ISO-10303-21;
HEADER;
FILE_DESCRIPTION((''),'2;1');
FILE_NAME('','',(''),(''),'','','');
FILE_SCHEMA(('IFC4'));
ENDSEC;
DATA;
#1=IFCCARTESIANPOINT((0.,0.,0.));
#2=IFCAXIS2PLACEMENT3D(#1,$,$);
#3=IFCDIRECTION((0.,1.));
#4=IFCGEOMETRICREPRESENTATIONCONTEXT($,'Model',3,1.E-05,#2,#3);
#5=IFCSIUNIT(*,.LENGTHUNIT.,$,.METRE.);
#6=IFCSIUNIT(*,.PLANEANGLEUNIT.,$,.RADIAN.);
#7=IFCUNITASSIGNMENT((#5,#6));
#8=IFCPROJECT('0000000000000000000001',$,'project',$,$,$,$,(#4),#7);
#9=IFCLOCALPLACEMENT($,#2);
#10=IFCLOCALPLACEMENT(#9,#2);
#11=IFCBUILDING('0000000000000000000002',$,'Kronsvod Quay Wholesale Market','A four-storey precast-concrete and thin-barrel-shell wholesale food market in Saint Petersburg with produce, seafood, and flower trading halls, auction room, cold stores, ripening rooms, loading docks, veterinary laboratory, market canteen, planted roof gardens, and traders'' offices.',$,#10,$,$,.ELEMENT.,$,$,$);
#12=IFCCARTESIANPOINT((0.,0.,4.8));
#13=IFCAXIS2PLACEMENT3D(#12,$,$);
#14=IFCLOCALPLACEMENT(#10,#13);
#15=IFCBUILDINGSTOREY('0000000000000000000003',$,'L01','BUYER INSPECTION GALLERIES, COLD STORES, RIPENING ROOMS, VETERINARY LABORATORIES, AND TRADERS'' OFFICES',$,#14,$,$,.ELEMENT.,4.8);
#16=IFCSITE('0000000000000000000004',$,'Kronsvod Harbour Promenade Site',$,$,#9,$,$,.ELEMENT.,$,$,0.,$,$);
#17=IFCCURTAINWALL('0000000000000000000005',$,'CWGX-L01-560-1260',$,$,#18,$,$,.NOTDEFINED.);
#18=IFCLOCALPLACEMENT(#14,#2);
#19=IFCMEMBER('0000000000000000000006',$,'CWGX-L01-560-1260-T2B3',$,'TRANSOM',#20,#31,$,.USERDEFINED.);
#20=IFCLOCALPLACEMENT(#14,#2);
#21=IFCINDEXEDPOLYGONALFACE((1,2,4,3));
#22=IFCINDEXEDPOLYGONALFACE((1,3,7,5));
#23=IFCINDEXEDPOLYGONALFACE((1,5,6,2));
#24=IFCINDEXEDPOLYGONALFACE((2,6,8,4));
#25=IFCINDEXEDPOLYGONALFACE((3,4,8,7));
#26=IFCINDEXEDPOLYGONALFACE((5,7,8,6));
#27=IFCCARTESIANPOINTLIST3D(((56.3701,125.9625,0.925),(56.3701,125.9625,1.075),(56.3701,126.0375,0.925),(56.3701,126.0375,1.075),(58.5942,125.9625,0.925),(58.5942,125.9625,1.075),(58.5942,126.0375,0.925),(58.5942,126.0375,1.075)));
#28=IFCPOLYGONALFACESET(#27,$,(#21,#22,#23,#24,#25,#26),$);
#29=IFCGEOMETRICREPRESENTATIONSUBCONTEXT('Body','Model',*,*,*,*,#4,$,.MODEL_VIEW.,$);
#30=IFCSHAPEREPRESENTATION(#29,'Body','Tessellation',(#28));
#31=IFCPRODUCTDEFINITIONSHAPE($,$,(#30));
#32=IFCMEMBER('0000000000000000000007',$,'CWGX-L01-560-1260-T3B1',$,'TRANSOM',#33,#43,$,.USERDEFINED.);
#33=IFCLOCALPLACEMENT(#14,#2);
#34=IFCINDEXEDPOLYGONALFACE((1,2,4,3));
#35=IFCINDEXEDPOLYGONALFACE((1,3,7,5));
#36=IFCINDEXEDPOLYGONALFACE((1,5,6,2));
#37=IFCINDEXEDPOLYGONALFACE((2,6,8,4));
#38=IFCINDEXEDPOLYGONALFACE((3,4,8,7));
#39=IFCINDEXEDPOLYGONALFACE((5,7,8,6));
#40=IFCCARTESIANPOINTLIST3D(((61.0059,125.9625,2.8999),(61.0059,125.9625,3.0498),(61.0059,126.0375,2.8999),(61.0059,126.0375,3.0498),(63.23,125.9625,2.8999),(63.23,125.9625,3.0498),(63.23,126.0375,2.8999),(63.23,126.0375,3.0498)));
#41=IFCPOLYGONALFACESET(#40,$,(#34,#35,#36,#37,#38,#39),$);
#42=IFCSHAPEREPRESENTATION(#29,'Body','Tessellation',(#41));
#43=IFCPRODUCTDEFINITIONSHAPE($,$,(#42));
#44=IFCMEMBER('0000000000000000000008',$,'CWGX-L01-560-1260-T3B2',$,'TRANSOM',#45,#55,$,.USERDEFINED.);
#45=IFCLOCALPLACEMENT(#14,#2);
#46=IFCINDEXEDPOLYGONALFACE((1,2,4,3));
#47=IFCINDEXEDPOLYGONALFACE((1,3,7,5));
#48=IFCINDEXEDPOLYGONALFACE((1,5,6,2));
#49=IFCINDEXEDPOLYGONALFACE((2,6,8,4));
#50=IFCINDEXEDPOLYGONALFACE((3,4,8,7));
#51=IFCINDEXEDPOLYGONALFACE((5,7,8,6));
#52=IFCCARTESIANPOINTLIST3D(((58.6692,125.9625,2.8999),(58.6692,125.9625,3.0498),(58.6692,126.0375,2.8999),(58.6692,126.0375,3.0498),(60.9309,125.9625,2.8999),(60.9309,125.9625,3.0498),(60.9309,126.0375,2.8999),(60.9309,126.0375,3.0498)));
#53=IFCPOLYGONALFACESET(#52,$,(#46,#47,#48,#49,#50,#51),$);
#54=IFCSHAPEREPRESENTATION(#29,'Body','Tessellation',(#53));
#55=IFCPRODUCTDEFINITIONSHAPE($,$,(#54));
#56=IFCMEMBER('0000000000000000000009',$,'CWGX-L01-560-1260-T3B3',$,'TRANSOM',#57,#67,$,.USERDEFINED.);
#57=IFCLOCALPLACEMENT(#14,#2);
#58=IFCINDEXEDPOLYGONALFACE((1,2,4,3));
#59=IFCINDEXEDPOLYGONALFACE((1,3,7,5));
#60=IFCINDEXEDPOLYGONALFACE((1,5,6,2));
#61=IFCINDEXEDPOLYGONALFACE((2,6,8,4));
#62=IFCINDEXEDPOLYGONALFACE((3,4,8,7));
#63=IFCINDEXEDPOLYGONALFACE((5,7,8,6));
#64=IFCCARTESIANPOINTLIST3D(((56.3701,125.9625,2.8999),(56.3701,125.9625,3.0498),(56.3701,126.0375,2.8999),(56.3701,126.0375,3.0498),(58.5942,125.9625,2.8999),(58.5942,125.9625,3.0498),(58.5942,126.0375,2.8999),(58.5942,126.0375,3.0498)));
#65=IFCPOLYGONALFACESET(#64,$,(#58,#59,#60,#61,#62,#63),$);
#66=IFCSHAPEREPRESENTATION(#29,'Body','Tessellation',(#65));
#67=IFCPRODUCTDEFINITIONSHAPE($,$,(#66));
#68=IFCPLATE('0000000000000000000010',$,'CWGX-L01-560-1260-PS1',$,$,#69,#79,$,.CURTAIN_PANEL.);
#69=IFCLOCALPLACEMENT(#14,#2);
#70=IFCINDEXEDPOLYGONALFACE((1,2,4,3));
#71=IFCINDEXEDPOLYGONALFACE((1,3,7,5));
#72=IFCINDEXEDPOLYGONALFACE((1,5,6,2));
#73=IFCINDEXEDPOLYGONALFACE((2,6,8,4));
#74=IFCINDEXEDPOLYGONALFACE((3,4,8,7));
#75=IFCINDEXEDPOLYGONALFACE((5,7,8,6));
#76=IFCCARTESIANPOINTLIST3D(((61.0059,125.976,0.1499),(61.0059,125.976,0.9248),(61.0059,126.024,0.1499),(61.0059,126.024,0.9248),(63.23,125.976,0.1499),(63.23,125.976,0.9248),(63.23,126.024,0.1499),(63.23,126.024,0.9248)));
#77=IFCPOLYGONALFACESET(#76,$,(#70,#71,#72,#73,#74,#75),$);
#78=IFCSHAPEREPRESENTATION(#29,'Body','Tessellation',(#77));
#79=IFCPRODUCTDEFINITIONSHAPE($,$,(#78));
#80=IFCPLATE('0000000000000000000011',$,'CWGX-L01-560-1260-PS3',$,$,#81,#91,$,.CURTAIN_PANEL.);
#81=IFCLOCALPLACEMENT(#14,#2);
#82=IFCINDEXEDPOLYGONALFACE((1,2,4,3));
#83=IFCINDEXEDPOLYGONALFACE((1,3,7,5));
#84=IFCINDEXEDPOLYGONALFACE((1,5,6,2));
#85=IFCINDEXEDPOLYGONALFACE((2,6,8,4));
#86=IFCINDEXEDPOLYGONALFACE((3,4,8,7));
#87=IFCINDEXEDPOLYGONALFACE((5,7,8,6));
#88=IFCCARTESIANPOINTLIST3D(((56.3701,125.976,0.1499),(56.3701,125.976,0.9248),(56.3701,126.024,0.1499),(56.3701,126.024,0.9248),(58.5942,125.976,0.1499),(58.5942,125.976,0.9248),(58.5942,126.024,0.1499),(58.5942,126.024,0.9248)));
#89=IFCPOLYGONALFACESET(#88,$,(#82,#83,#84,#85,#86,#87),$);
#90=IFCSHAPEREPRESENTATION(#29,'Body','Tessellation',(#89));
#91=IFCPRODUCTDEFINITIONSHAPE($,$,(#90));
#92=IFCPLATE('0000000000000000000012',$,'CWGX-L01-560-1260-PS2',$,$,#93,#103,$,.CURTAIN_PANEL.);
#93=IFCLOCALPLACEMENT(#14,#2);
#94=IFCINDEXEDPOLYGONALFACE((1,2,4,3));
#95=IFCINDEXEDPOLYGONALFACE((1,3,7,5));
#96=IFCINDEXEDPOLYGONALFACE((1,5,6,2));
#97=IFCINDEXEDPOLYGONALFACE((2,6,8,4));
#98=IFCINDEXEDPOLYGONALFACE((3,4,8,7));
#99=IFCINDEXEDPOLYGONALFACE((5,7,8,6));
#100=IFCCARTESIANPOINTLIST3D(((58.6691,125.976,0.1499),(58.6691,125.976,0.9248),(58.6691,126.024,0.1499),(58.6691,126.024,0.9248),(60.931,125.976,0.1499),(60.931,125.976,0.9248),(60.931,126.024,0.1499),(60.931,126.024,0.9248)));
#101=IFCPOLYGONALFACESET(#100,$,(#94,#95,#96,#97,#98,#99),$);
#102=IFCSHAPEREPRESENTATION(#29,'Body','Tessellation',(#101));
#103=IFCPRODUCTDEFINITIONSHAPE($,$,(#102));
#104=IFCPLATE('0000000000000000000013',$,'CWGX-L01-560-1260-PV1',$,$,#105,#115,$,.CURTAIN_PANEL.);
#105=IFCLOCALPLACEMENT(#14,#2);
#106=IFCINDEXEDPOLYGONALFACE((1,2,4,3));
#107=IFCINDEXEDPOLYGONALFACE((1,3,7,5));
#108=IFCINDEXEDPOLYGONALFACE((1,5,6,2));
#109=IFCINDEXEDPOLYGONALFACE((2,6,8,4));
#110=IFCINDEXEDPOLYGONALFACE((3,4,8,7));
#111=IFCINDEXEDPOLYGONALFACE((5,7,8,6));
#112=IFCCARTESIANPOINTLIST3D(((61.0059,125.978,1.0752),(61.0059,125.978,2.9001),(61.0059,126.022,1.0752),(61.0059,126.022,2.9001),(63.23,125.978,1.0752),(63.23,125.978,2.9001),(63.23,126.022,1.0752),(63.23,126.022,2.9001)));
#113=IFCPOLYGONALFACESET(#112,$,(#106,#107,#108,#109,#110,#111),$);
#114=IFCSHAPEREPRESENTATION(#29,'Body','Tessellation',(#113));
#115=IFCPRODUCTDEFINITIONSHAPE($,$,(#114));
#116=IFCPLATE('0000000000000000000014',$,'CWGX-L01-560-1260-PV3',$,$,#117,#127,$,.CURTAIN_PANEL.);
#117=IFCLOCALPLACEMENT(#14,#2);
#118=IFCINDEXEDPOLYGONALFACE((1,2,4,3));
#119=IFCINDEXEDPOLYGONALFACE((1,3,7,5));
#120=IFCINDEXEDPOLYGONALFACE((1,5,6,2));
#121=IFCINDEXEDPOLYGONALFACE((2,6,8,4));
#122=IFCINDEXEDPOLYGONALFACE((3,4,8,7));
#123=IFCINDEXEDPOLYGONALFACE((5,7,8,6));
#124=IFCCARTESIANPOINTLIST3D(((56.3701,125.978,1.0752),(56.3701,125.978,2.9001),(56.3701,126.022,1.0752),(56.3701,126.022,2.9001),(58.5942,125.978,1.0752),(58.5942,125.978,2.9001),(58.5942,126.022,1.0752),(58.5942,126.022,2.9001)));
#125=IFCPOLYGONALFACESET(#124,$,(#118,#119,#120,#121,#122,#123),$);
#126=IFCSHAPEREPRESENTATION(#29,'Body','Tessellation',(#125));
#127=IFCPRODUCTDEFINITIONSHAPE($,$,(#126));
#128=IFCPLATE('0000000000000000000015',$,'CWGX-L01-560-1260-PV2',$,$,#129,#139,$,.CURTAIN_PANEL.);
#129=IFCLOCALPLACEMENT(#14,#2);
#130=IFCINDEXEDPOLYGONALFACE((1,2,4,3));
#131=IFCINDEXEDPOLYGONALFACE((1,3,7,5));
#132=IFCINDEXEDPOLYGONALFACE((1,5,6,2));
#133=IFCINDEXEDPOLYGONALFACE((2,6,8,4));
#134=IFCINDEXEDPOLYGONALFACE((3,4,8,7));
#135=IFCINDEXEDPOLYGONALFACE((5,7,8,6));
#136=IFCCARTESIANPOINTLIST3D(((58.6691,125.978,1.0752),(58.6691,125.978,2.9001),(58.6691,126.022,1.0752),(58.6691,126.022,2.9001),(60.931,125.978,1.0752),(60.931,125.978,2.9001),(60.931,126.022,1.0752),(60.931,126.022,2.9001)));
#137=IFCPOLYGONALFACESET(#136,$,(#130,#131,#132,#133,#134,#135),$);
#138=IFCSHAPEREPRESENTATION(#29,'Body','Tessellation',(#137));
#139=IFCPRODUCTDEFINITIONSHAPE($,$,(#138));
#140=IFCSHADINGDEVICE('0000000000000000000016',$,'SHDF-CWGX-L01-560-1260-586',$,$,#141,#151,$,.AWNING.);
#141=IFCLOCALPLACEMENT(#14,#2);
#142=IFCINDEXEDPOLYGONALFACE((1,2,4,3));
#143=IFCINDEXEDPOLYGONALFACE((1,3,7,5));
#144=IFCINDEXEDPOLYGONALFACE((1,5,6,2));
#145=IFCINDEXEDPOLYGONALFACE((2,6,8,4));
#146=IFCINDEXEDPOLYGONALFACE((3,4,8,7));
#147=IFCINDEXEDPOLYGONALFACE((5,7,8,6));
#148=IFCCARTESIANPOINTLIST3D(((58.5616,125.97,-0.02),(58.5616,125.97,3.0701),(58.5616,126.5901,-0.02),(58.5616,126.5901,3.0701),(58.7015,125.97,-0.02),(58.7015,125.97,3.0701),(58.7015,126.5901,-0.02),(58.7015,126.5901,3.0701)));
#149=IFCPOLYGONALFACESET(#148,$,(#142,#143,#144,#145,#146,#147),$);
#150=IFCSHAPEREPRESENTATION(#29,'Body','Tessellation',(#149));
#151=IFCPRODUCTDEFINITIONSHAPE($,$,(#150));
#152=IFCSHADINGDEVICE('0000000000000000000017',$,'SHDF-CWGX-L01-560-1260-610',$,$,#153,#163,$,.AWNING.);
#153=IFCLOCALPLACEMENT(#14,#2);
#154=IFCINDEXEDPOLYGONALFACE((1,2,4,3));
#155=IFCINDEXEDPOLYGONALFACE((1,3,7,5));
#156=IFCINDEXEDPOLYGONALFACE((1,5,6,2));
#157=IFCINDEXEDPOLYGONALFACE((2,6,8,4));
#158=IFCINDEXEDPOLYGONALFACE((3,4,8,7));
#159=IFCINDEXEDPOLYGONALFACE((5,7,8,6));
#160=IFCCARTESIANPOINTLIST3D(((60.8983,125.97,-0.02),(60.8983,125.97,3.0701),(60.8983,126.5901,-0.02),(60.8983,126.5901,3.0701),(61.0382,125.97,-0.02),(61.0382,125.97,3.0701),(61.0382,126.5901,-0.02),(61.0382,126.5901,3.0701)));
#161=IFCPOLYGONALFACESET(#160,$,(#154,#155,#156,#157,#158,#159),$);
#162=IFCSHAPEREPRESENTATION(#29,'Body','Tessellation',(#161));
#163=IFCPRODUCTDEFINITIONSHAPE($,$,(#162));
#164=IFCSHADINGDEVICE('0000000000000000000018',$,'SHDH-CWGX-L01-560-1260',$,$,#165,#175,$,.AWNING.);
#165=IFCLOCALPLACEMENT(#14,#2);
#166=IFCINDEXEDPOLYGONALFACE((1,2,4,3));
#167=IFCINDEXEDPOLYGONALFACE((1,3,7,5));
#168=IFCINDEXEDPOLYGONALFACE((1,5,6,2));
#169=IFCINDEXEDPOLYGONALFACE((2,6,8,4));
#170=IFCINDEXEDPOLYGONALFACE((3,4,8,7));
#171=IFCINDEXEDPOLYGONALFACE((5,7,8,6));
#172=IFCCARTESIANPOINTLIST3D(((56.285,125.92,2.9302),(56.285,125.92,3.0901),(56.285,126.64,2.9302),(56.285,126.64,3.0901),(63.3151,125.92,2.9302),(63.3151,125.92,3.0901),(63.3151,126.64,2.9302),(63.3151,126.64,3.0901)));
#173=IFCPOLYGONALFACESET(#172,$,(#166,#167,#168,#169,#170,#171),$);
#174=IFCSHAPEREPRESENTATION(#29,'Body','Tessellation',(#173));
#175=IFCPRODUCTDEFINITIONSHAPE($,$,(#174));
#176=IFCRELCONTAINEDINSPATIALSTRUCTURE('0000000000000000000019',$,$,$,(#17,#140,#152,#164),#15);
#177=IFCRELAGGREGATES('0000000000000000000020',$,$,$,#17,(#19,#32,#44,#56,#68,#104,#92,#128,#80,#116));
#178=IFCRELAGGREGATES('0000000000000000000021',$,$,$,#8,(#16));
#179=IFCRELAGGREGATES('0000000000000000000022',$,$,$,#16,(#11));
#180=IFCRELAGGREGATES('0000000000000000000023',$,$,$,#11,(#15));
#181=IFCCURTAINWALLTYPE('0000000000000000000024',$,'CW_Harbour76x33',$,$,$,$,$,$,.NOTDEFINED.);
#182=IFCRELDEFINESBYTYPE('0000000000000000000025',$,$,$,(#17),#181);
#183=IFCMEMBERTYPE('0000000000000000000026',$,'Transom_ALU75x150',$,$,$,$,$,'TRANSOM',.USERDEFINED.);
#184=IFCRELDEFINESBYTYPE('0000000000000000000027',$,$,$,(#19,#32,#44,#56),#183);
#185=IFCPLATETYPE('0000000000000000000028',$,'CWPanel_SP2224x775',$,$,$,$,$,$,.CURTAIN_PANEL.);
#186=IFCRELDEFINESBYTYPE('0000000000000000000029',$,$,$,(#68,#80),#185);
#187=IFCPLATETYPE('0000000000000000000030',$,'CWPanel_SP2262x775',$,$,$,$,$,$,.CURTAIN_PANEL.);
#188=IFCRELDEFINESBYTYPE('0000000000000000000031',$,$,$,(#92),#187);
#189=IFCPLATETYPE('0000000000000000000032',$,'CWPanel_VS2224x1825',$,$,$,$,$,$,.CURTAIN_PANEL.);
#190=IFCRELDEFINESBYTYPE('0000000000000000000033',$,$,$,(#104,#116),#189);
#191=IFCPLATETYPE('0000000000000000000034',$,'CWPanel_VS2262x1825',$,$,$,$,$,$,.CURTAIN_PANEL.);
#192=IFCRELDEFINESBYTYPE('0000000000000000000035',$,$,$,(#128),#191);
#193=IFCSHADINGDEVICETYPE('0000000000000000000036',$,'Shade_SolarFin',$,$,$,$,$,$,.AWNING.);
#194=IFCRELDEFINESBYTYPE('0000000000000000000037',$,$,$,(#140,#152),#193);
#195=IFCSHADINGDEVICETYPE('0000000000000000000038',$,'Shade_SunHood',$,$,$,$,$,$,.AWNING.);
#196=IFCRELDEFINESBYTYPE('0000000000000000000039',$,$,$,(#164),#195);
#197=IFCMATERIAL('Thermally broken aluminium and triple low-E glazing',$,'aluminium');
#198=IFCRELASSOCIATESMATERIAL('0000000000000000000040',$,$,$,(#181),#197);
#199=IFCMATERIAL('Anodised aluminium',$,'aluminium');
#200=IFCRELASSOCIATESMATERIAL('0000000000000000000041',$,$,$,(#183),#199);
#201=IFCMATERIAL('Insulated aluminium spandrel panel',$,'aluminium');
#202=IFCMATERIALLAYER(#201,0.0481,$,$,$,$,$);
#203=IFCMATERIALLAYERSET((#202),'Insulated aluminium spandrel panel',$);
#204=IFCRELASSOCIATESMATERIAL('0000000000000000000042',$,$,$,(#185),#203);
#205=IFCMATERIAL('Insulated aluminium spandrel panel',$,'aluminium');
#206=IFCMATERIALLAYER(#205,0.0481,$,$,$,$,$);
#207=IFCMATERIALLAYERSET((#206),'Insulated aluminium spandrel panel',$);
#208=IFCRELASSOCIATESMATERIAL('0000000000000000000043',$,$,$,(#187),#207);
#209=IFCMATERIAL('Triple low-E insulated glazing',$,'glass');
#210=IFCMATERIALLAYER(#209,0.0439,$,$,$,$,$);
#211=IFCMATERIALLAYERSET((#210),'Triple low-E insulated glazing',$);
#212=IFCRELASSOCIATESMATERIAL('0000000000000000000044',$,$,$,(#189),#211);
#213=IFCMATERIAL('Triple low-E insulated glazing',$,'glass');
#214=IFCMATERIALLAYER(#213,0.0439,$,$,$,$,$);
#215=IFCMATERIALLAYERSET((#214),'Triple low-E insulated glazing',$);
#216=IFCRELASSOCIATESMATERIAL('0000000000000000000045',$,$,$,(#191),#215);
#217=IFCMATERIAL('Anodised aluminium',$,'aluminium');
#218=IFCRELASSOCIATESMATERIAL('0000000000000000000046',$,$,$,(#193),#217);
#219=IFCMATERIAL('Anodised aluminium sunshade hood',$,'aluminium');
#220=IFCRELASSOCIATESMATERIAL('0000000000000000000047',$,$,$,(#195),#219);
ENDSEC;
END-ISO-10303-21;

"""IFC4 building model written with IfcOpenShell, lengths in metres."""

from ifc_helpers import new_model, si_unit, direction, frame, origin, origin_2d, place, context, subcontext, project, spatial, rectangle, extrude, material, layer, layer_set, material_profile, profile_set, type_object, element, aggregate, save


model = new_model("IFC4")

# Units and contexts
model_context = context("Model", 3, precision=1e-05, world=origin(), true_north=direction((0.0, 1.0)))
body_context = subcontext(model_context, "Body", "Model", "MODEL_VIEW")
ifc_project = project(units=[si_unit("LENGTHUNIT", "METRE"), si_unit("PLANEANGLEUNIT", "RADIAN")], contexts=[model_context])

# Site, building, storey
site_placement = place(None, origin())
site = spatial("IfcSite", under=ifc_project, at=site_placement, Name="Kronsvod Harbour Promenade Site", CompositionType="ELEMENT", RefElevation=0.0)
building_placement = place(site_placement, origin())
building = spatial("IfcBuilding", under=site, at=building_placement, Name="Kronsvod Quay Wholesale Market", Description="A four-storey precast-concrete and thin-barrel-shell wholesale food market in Saint Petersburg with produce, seafood, and flower trading halls, auction room, cold stores, ripening rooms, loading docks, veterinary laboratory, market canteen, planted roof gardens, and traders' offices.", CompositionType="ELEMENT")
storey_placement = place(building_placement, frame((0.0, 0.0, 4.8)))
storey = spatial("IfcBuildingStorey", under=building, at=storey_placement, Name="L01", Description="BUYER INSPECTION GALLERIES, COLD STORES, RIPENING ROOMS, VETERINARY LABORATORIES, AND TRADERS' OFFICES", CompositionType="ELEMENT", Elevation=4.8)

# Curtain wall
ifc_material_1 = material(Name="Thermally broken aluminium and triple low-E glazing", Category="aluminium")
curtain_wall_type_1 = type_object("IfcCurtainWallType", Name="CW_Harbour76x33", PredefinedType="NOTDEFINED", material=ifc_material_1)
curtain_wall_1_placement = place(storey_placement, origin())
curtain_wall_1 = element("IfcCurtainWall", 1, at=curtain_wall_1_placement, inside=storey, type_object=curtain_wall_type_1, Name="CWGX-L01-560-1260", PredefinedType="NOTDEFINED")

# Members
ifc_material_2 = material(Name="Anodised aluminium", Category="aluminium")
ifc_material_profile_1 = material_profile(ifc_material_2, rectangle(XDim=0.075, YDim=0.1499, at=origin_2d()), Name="ALUT75x150")
ifc_profile_set_1 = profile_set([ifc_material_profile_1], Name="Anodised aluminium")
member_type_1 = type_object("IfcMemberType", Name="Transom_ALU75x150", ElementType="TRANSOM", PredefinedType="USERDEFINED", material=ifc_profile_set_1)
member_1_placement = place(storey_placement, frame((58.5942, 126.0, 1.0), z_axis=(-1.0, 0.0, 0.0), x_axis=(0.0, -1.0, 0.0)))
member_1 = element("IfcMember", 2, at=member_1_placement, type_object=member_type_1, Name="CWGX-L01-560-1260-T2B3", ObjectType="TRANSOM", PredefinedType="USERDEFINED", context=body_context, shape_type="SweptSolid", body=[
    extrude(rectangle(XDim=0.075, YDim=0.1499, at=origin_2d()), origin(), (0.0, 0.0, 1.0), 2.2241),
])
member_2_placement = place(storey_placement, frame((63.23, 126.0, 2.9749), z_axis=(-1.0, 0.0, 0.0), x_axis=(0.0, -1.0, 0.0)))
member_2 = element("IfcMember", 3, at=member_2_placement, type_object=member_type_1, Name="CWGX-L01-560-1260-T3B1", ObjectType="TRANSOM", PredefinedType="USERDEFINED", context=body_context, shape_type="SweptSolid", body=[
    extrude(rectangle(XDim=0.075, YDim=0.1499, at=origin_2d()), origin(), (0.0, 0.0, 1.0), 2.2241),
])
member_3_placement = place(storey_placement, frame((60.9309, 126.0, 2.9749), z_axis=(-1.0, 0.0, 0.0), x_axis=(0.0, -1.0, 0.0)))
member_3 = element("IfcMember", 4, at=member_3_placement, type_object=member_type_1, Name="CWGX-L01-560-1260-T3B2", ObjectType="TRANSOM", PredefinedType="USERDEFINED", context=body_context, shape_type="SweptSolid", body=[
    extrude(rectangle(XDim=0.075, YDim=0.1499, at=origin_2d()), origin(), (0.0, 0.0, 1.0), 2.2617),
])
member_4_placement = place(storey_placement, frame((58.5942, 126.0, 2.9749), z_axis=(-1.0, 0.0, 0.0), x_axis=(0.0, -1.0, 0.0)))
member_4 = element("IfcMember", 5, at=member_4_placement, type_object=member_type_1, Name="CWGX-L01-560-1260-T3B3", ObjectType="TRANSOM", PredefinedType="USERDEFINED", context=body_context, shape_type="SweptSolid", body=[
    extrude(rectangle(XDim=0.075, YDim=0.1499, at=origin_2d()), origin(), (0.0, 0.0, 1.0), 2.2241),
])

# Plates
ifc_material_3 = material(Name="Insulated aluminium spandrel panel", Category="aluminium")
ifc_layer_1 = layer(ifc_material_3, 0.0481)
ifc_layer_set_1 = layer_set([ifc_layer_1], Name="Insulated aluminium spandrel panel")
plate_type_1 = type_object("IfcPlateType", Name="CWPanel_SP2224x775", PredefinedType="CURTAIN_PANEL", material=ifc_layer_set_1)
plate_1_placement = place(storey_placement, frame((62.1179, 126.0, 0.1499), z_axis=(0.0, 0.0, 1.0), x_axis=(-1.0, 0.0, 0.0)))
plate_1 = element("IfcPlate", 6, at=plate_1_placement, type_object=plate_type_1, Name="CWGX-L01-560-1260-PS1", PredefinedType="CURTAIN_PANEL", context=body_context, shape_type="SweptSolid", body=[
    extrude(rectangle(XDim=2.2241, YDim=0.0481, at=origin_2d()), origin(), (0.0, 0.0, 1.0), 0.7749),
])
plate_2_placement = place(storey_placement, frame((57.4822, 126.0, 0.1499), z_axis=(0.0, 0.0, 1.0), x_axis=(-1.0, 0.0, 0.0)))
plate_2 = element("IfcPlate", 7, at=plate_2_placement, type_object=plate_type_1, Name="CWGX-L01-560-1260-PS3", PredefinedType="CURTAIN_PANEL", context=body_context, shape_type="SweptSolid", body=[
    extrude(rectangle(XDim=2.2241, YDim=0.0481, at=origin_2d()), origin(), (0.0, 0.0, 1.0), 0.7749),
])
ifc_material_4 = material(Name="Insulated aluminium spandrel panel", Category="aluminium")
ifc_layer_2 = layer(ifc_material_4, 0.0481)
ifc_layer_set_2 = layer_set([ifc_layer_2], Name="Insulated aluminium spandrel panel")
plate_type_2 = type_object("IfcPlateType", Name="CWPanel_SP2262x775", PredefinedType="CURTAIN_PANEL", material=ifc_layer_set_2)
plate_3_placement = place(storey_placement, frame((59.8, 126.0, 0.1499), z_axis=(0.0, 0.0, 1.0), x_axis=(-1.0, 0.0, 0.0)))
plate_3 = element("IfcPlate", 8, at=plate_3_placement, type_object=plate_type_2, Name="CWGX-L01-560-1260-PS2", PredefinedType="CURTAIN_PANEL", context=body_context, shape_type="SweptSolid", body=[
    extrude(rectangle(XDim=2.262, YDim=0.0481, at=origin_2d()), origin(), (0.0, 0.0, 1.0), 0.7749),
])
ifc_material_5 = material(Name="Triple low-E insulated glazing", Category="glass")
ifc_layer_3 = layer(ifc_material_5, 0.0439)
ifc_layer_set_3 = layer_set([ifc_layer_3], Name="Triple low-E insulated glazing")
plate_type_3 = type_object("IfcPlateType", Name="CWPanel_VS2224x1825", PredefinedType="CURTAIN_PANEL", material=ifc_layer_set_3)
plate_4_placement = place(storey_placement, frame((62.1179, 126.0, 1.0752), z_axis=(0.0, 0.0, 1.0), x_axis=(-1.0, 0.0, 0.0)))
plate_4 = element("IfcPlate", 9, at=plate_4_placement, type_object=plate_type_3, Name="CWGX-L01-560-1260-PV1", PredefinedType="CURTAIN_PANEL", context=body_context, shape_type="SweptSolid", body=[
    extrude(rectangle(XDim=2.2241, YDim=0.0439, at=origin_2d()), origin(), (0.0, 0.0, 1.0), 1.825),
])
plate_5_placement = place(storey_placement, frame((57.4822, 126.0, 1.0752), z_axis=(0.0, 0.0, 1.0), x_axis=(-1.0, 0.0, 0.0)))
plate_5 = element("IfcPlate", 10, at=plate_5_placement, type_object=plate_type_3, Name="CWGX-L01-560-1260-PV3", PredefinedType="CURTAIN_PANEL", context=body_context, shape_type="SweptSolid", body=[
    extrude(rectangle(XDim=2.2241, YDim=0.0439, at=origin_2d()), origin(), (0.0, 0.0, 1.0), 1.825),
])
ifc_material_6 = material(Name="Triple low-E insulated glazing", Category="glass")
ifc_layer_4 = layer(ifc_material_6, 0.0439)
ifc_layer_set_4 = layer_set([ifc_layer_4], Name="Triple low-E insulated glazing")
plate_type_4 = type_object("IfcPlateType", Name="CWPanel_VS2262x1825", PredefinedType="CURTAIN_PANEL", material=ifc_layer_set_4)
plate_6_placement = place(storey_placement, frame((59.8, 126.0, 1.0752), z_axis=(0.0, 0.0, 1.0), x_axis=(-1.0, 0.0, 0.0)))
plate_6 = element("IfcPlate", 11, at=plate_6_placement, type_object=plate_type_4, Name="CWGX-L01-560-1260-PV2", PredefinedType="CURTAIN_PANEL", context=body_context, shape_type="SweptSolid", body=[
    extrude(rectangle(XDim=2.262, YDim=0.0439, at=origin_2d()), origin(), (0.0, 0.0, 1.0), 1.825),
])
aggregate(curtain_wall_1, [member_1, member_2, member_3, member_4, plate_1, plate_4, plate_3, plate_6, plate_2, plate_5])

# Shading devices
ifc_material_7 = material(Name="Anodised aluminium", Category="aluminium")
shading_device_type_1 = type_object("IfcShadingDeviceType", Name="Shade_SolarFin", PredefinedType="AWNING", material=ifc_material_7)
for number, where, z_axis, x_axis, name in (
    (12, (58.6316, 126.28, -0.02), (0.0, 0.0, 1.0), (1.0, 0.0, 0.0), "SHDF-CWGX-L01-560-1260-586"),
    (13, (60.9683, 126.28, -0.02), (0.0, 0.0, 1.0), (1.0, 0.0, 0.0), "SHDF-CWGX-L01-560-1260-610"),
):
    element("IfcShadingDevice", number, at=place(storey_placement, frame(where, z_axis=z_axis, x_axis=x_axis)), inside=storey, type_object=shading_device_type_1, Name=name, PredefinedType="AWNING", context=body_context, shape_type="SweptSolid", body=[
        extrude(rectangle(XDim=0.1399, YDim=0.6201, at=origin_2d()), origin(), (0.0, 0.0, 1.0), 3.0901),
    ])
ifc_material_8 = material(Name="Anodised aluminium sunshade hood", Category="aluminium")
shading_device_type_2 = type_object("IfcShadingDeviceType", Name="Shade_SunHood", PredefinedType="AWNING", material=ifc_material_8)
shading_device_placement = place(storey_placement, frame((59.8, 126.28, 2.9302), z_axis=(0.0, 0.0, 1.0), x_axis=(1.0, 0.0, 0.0)))
element("IfcShadingDevice", 14, at=shading_device_placement, inside=storey, type_object=shading_device_type_2, Name="SHDH-CWGX-L01-560-1260", PredefinedType="AWNING", context=body_context, shape_type="SweptSolid", body=[
    extrude(rectangle(XDim=7.03, YDim=0.72, at=origin_2d()), origin(), (0.0, 0.0, 1.0), 0.1599),
])

save(model, "model.ifc")
